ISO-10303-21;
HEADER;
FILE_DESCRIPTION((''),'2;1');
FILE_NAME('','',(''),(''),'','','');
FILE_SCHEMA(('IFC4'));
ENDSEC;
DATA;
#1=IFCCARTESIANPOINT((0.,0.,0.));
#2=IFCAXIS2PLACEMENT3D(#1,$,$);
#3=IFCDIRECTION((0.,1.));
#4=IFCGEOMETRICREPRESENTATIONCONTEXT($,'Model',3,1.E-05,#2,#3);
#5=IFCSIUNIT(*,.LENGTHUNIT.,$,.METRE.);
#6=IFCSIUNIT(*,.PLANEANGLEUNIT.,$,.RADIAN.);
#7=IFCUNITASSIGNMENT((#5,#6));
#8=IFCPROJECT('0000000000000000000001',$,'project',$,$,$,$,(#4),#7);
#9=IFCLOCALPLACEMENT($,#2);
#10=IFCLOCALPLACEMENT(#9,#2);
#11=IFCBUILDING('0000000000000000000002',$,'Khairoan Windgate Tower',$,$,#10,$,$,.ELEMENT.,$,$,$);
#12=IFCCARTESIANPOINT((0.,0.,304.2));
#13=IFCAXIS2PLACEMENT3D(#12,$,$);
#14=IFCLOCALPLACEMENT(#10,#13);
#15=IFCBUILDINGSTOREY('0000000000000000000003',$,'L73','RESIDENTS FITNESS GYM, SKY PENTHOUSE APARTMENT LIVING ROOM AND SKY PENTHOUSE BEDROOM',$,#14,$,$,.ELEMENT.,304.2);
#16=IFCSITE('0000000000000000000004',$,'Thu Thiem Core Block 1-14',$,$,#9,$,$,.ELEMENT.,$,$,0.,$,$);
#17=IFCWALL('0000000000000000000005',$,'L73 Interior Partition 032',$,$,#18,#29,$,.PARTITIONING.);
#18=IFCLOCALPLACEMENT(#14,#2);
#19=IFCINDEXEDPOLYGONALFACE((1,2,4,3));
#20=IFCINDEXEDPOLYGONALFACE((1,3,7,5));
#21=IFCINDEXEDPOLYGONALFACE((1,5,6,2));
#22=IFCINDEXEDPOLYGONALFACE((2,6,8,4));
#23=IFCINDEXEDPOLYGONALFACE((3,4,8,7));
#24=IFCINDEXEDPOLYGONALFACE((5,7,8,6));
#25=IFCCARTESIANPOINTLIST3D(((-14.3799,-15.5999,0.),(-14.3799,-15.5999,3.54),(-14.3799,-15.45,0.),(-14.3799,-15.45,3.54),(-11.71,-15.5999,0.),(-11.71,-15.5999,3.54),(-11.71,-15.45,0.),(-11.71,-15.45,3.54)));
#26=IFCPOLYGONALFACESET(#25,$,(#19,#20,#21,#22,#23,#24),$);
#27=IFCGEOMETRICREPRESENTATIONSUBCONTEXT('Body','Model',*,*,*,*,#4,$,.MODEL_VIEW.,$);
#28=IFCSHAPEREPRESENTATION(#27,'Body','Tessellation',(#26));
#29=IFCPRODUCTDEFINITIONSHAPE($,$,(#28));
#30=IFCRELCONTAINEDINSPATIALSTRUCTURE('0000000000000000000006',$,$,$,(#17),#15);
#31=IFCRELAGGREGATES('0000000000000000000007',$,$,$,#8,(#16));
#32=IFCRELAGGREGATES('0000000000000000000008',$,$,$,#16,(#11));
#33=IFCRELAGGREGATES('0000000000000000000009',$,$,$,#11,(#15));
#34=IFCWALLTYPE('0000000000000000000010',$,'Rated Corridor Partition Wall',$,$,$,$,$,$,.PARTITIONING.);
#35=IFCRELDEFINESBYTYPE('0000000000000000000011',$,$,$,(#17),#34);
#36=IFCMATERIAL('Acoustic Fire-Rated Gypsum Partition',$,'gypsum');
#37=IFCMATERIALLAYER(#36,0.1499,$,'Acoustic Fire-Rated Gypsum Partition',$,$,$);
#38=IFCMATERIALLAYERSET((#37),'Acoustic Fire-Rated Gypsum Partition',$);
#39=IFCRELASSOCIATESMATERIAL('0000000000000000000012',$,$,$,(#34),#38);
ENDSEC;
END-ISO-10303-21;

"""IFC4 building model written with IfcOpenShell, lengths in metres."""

from ifc_helpers import new_model, si_unit, direction, frame, frame_2d, origin, place, context, subcontext, project, spatial, rectangle, extrude, material, layer, layer_set, type_object, element, save


model = new_model("IFC4")

# Units and contexts
model_context = context("Model", 3, precision=1e-05, world=origin(), true_north=direction((0.0, 1.0)))
body_context = subcontext(model_context, "Body", "Model", "MODEL_VIEW")
ifc_project = project(units=[si_unit("LENGTHUNIT", "METRE"), si_unit("PLANEANGLEUNIT", "RADIAN")], contexts=[model_context])

# Site, building, storey
site_placement = place(None, origin())
site = spatial("IfcSite", under=ifc_project, at=site_placement, Name="Thu Thiem Core Block 1-14", CompositionType="ELEMENT", RefElevation=0.0)
building_placement = place(site_placement, origin())
building = spatial("IfcBuilding", under=site, at=building_placement, Name="Khairoan Windgate Tower", CompositionType="ELEMENT")
storey_placement = place(building_placement, frame((0.0, 0.0, 304.2)))
storey = spatial("IfcBuildingStorey", under=building, at=storey_placement, Name="L73", Description="RESIDENTS FITNESS GYM, SKY PENTHOUSE APARTMENT LIVING ROOM AND SKY PENTHOUSE BEDROOM", CompositionType="ELEMENT", Elevation=304.2)

# Wall
ifc_material_1 = material(Name="Acoustic Fire-Rated Gypsum Partition", Category="gypsum")
ifc_layer_1 = layer(ifc_material_1, 0.1499, Name="Acoustic Fire-Rated Gypsum Partition")
ifc_layer_set_1 = layer_set([ifc_layer_1], Name="Acoustic Fire-Rated Gypsum Partition")
wall_type_1 = type_object("IfcWallType", Name="Rated Corridor Partition Wall", PredefinedType="PARTITIONING", material=ifc_layer_set_1)
wall_1_placement = place(storey_placement, frame((-14.3799, -15.5249, 0.0), z_axis=(0.0, 0.0, 1.0), x_axis=(1.0, 0.0, 0.0)))
element("IfcWall", 1, at=wall_1_placement, inside=storey, type_object=wall_type_1, Name="L73 Interior Partition 032", PredefinedType="PARTITIONING", context=body_context, shape_type="SweptSolid", body=[
    extrude(rectangle(XDim=2.6699, YDim=0.1499, at=frame_2d((1.335, 0.0))), origin(), (0.0, 0.0, 1.0), 3.54),
])

save(model, "model.ifc")
